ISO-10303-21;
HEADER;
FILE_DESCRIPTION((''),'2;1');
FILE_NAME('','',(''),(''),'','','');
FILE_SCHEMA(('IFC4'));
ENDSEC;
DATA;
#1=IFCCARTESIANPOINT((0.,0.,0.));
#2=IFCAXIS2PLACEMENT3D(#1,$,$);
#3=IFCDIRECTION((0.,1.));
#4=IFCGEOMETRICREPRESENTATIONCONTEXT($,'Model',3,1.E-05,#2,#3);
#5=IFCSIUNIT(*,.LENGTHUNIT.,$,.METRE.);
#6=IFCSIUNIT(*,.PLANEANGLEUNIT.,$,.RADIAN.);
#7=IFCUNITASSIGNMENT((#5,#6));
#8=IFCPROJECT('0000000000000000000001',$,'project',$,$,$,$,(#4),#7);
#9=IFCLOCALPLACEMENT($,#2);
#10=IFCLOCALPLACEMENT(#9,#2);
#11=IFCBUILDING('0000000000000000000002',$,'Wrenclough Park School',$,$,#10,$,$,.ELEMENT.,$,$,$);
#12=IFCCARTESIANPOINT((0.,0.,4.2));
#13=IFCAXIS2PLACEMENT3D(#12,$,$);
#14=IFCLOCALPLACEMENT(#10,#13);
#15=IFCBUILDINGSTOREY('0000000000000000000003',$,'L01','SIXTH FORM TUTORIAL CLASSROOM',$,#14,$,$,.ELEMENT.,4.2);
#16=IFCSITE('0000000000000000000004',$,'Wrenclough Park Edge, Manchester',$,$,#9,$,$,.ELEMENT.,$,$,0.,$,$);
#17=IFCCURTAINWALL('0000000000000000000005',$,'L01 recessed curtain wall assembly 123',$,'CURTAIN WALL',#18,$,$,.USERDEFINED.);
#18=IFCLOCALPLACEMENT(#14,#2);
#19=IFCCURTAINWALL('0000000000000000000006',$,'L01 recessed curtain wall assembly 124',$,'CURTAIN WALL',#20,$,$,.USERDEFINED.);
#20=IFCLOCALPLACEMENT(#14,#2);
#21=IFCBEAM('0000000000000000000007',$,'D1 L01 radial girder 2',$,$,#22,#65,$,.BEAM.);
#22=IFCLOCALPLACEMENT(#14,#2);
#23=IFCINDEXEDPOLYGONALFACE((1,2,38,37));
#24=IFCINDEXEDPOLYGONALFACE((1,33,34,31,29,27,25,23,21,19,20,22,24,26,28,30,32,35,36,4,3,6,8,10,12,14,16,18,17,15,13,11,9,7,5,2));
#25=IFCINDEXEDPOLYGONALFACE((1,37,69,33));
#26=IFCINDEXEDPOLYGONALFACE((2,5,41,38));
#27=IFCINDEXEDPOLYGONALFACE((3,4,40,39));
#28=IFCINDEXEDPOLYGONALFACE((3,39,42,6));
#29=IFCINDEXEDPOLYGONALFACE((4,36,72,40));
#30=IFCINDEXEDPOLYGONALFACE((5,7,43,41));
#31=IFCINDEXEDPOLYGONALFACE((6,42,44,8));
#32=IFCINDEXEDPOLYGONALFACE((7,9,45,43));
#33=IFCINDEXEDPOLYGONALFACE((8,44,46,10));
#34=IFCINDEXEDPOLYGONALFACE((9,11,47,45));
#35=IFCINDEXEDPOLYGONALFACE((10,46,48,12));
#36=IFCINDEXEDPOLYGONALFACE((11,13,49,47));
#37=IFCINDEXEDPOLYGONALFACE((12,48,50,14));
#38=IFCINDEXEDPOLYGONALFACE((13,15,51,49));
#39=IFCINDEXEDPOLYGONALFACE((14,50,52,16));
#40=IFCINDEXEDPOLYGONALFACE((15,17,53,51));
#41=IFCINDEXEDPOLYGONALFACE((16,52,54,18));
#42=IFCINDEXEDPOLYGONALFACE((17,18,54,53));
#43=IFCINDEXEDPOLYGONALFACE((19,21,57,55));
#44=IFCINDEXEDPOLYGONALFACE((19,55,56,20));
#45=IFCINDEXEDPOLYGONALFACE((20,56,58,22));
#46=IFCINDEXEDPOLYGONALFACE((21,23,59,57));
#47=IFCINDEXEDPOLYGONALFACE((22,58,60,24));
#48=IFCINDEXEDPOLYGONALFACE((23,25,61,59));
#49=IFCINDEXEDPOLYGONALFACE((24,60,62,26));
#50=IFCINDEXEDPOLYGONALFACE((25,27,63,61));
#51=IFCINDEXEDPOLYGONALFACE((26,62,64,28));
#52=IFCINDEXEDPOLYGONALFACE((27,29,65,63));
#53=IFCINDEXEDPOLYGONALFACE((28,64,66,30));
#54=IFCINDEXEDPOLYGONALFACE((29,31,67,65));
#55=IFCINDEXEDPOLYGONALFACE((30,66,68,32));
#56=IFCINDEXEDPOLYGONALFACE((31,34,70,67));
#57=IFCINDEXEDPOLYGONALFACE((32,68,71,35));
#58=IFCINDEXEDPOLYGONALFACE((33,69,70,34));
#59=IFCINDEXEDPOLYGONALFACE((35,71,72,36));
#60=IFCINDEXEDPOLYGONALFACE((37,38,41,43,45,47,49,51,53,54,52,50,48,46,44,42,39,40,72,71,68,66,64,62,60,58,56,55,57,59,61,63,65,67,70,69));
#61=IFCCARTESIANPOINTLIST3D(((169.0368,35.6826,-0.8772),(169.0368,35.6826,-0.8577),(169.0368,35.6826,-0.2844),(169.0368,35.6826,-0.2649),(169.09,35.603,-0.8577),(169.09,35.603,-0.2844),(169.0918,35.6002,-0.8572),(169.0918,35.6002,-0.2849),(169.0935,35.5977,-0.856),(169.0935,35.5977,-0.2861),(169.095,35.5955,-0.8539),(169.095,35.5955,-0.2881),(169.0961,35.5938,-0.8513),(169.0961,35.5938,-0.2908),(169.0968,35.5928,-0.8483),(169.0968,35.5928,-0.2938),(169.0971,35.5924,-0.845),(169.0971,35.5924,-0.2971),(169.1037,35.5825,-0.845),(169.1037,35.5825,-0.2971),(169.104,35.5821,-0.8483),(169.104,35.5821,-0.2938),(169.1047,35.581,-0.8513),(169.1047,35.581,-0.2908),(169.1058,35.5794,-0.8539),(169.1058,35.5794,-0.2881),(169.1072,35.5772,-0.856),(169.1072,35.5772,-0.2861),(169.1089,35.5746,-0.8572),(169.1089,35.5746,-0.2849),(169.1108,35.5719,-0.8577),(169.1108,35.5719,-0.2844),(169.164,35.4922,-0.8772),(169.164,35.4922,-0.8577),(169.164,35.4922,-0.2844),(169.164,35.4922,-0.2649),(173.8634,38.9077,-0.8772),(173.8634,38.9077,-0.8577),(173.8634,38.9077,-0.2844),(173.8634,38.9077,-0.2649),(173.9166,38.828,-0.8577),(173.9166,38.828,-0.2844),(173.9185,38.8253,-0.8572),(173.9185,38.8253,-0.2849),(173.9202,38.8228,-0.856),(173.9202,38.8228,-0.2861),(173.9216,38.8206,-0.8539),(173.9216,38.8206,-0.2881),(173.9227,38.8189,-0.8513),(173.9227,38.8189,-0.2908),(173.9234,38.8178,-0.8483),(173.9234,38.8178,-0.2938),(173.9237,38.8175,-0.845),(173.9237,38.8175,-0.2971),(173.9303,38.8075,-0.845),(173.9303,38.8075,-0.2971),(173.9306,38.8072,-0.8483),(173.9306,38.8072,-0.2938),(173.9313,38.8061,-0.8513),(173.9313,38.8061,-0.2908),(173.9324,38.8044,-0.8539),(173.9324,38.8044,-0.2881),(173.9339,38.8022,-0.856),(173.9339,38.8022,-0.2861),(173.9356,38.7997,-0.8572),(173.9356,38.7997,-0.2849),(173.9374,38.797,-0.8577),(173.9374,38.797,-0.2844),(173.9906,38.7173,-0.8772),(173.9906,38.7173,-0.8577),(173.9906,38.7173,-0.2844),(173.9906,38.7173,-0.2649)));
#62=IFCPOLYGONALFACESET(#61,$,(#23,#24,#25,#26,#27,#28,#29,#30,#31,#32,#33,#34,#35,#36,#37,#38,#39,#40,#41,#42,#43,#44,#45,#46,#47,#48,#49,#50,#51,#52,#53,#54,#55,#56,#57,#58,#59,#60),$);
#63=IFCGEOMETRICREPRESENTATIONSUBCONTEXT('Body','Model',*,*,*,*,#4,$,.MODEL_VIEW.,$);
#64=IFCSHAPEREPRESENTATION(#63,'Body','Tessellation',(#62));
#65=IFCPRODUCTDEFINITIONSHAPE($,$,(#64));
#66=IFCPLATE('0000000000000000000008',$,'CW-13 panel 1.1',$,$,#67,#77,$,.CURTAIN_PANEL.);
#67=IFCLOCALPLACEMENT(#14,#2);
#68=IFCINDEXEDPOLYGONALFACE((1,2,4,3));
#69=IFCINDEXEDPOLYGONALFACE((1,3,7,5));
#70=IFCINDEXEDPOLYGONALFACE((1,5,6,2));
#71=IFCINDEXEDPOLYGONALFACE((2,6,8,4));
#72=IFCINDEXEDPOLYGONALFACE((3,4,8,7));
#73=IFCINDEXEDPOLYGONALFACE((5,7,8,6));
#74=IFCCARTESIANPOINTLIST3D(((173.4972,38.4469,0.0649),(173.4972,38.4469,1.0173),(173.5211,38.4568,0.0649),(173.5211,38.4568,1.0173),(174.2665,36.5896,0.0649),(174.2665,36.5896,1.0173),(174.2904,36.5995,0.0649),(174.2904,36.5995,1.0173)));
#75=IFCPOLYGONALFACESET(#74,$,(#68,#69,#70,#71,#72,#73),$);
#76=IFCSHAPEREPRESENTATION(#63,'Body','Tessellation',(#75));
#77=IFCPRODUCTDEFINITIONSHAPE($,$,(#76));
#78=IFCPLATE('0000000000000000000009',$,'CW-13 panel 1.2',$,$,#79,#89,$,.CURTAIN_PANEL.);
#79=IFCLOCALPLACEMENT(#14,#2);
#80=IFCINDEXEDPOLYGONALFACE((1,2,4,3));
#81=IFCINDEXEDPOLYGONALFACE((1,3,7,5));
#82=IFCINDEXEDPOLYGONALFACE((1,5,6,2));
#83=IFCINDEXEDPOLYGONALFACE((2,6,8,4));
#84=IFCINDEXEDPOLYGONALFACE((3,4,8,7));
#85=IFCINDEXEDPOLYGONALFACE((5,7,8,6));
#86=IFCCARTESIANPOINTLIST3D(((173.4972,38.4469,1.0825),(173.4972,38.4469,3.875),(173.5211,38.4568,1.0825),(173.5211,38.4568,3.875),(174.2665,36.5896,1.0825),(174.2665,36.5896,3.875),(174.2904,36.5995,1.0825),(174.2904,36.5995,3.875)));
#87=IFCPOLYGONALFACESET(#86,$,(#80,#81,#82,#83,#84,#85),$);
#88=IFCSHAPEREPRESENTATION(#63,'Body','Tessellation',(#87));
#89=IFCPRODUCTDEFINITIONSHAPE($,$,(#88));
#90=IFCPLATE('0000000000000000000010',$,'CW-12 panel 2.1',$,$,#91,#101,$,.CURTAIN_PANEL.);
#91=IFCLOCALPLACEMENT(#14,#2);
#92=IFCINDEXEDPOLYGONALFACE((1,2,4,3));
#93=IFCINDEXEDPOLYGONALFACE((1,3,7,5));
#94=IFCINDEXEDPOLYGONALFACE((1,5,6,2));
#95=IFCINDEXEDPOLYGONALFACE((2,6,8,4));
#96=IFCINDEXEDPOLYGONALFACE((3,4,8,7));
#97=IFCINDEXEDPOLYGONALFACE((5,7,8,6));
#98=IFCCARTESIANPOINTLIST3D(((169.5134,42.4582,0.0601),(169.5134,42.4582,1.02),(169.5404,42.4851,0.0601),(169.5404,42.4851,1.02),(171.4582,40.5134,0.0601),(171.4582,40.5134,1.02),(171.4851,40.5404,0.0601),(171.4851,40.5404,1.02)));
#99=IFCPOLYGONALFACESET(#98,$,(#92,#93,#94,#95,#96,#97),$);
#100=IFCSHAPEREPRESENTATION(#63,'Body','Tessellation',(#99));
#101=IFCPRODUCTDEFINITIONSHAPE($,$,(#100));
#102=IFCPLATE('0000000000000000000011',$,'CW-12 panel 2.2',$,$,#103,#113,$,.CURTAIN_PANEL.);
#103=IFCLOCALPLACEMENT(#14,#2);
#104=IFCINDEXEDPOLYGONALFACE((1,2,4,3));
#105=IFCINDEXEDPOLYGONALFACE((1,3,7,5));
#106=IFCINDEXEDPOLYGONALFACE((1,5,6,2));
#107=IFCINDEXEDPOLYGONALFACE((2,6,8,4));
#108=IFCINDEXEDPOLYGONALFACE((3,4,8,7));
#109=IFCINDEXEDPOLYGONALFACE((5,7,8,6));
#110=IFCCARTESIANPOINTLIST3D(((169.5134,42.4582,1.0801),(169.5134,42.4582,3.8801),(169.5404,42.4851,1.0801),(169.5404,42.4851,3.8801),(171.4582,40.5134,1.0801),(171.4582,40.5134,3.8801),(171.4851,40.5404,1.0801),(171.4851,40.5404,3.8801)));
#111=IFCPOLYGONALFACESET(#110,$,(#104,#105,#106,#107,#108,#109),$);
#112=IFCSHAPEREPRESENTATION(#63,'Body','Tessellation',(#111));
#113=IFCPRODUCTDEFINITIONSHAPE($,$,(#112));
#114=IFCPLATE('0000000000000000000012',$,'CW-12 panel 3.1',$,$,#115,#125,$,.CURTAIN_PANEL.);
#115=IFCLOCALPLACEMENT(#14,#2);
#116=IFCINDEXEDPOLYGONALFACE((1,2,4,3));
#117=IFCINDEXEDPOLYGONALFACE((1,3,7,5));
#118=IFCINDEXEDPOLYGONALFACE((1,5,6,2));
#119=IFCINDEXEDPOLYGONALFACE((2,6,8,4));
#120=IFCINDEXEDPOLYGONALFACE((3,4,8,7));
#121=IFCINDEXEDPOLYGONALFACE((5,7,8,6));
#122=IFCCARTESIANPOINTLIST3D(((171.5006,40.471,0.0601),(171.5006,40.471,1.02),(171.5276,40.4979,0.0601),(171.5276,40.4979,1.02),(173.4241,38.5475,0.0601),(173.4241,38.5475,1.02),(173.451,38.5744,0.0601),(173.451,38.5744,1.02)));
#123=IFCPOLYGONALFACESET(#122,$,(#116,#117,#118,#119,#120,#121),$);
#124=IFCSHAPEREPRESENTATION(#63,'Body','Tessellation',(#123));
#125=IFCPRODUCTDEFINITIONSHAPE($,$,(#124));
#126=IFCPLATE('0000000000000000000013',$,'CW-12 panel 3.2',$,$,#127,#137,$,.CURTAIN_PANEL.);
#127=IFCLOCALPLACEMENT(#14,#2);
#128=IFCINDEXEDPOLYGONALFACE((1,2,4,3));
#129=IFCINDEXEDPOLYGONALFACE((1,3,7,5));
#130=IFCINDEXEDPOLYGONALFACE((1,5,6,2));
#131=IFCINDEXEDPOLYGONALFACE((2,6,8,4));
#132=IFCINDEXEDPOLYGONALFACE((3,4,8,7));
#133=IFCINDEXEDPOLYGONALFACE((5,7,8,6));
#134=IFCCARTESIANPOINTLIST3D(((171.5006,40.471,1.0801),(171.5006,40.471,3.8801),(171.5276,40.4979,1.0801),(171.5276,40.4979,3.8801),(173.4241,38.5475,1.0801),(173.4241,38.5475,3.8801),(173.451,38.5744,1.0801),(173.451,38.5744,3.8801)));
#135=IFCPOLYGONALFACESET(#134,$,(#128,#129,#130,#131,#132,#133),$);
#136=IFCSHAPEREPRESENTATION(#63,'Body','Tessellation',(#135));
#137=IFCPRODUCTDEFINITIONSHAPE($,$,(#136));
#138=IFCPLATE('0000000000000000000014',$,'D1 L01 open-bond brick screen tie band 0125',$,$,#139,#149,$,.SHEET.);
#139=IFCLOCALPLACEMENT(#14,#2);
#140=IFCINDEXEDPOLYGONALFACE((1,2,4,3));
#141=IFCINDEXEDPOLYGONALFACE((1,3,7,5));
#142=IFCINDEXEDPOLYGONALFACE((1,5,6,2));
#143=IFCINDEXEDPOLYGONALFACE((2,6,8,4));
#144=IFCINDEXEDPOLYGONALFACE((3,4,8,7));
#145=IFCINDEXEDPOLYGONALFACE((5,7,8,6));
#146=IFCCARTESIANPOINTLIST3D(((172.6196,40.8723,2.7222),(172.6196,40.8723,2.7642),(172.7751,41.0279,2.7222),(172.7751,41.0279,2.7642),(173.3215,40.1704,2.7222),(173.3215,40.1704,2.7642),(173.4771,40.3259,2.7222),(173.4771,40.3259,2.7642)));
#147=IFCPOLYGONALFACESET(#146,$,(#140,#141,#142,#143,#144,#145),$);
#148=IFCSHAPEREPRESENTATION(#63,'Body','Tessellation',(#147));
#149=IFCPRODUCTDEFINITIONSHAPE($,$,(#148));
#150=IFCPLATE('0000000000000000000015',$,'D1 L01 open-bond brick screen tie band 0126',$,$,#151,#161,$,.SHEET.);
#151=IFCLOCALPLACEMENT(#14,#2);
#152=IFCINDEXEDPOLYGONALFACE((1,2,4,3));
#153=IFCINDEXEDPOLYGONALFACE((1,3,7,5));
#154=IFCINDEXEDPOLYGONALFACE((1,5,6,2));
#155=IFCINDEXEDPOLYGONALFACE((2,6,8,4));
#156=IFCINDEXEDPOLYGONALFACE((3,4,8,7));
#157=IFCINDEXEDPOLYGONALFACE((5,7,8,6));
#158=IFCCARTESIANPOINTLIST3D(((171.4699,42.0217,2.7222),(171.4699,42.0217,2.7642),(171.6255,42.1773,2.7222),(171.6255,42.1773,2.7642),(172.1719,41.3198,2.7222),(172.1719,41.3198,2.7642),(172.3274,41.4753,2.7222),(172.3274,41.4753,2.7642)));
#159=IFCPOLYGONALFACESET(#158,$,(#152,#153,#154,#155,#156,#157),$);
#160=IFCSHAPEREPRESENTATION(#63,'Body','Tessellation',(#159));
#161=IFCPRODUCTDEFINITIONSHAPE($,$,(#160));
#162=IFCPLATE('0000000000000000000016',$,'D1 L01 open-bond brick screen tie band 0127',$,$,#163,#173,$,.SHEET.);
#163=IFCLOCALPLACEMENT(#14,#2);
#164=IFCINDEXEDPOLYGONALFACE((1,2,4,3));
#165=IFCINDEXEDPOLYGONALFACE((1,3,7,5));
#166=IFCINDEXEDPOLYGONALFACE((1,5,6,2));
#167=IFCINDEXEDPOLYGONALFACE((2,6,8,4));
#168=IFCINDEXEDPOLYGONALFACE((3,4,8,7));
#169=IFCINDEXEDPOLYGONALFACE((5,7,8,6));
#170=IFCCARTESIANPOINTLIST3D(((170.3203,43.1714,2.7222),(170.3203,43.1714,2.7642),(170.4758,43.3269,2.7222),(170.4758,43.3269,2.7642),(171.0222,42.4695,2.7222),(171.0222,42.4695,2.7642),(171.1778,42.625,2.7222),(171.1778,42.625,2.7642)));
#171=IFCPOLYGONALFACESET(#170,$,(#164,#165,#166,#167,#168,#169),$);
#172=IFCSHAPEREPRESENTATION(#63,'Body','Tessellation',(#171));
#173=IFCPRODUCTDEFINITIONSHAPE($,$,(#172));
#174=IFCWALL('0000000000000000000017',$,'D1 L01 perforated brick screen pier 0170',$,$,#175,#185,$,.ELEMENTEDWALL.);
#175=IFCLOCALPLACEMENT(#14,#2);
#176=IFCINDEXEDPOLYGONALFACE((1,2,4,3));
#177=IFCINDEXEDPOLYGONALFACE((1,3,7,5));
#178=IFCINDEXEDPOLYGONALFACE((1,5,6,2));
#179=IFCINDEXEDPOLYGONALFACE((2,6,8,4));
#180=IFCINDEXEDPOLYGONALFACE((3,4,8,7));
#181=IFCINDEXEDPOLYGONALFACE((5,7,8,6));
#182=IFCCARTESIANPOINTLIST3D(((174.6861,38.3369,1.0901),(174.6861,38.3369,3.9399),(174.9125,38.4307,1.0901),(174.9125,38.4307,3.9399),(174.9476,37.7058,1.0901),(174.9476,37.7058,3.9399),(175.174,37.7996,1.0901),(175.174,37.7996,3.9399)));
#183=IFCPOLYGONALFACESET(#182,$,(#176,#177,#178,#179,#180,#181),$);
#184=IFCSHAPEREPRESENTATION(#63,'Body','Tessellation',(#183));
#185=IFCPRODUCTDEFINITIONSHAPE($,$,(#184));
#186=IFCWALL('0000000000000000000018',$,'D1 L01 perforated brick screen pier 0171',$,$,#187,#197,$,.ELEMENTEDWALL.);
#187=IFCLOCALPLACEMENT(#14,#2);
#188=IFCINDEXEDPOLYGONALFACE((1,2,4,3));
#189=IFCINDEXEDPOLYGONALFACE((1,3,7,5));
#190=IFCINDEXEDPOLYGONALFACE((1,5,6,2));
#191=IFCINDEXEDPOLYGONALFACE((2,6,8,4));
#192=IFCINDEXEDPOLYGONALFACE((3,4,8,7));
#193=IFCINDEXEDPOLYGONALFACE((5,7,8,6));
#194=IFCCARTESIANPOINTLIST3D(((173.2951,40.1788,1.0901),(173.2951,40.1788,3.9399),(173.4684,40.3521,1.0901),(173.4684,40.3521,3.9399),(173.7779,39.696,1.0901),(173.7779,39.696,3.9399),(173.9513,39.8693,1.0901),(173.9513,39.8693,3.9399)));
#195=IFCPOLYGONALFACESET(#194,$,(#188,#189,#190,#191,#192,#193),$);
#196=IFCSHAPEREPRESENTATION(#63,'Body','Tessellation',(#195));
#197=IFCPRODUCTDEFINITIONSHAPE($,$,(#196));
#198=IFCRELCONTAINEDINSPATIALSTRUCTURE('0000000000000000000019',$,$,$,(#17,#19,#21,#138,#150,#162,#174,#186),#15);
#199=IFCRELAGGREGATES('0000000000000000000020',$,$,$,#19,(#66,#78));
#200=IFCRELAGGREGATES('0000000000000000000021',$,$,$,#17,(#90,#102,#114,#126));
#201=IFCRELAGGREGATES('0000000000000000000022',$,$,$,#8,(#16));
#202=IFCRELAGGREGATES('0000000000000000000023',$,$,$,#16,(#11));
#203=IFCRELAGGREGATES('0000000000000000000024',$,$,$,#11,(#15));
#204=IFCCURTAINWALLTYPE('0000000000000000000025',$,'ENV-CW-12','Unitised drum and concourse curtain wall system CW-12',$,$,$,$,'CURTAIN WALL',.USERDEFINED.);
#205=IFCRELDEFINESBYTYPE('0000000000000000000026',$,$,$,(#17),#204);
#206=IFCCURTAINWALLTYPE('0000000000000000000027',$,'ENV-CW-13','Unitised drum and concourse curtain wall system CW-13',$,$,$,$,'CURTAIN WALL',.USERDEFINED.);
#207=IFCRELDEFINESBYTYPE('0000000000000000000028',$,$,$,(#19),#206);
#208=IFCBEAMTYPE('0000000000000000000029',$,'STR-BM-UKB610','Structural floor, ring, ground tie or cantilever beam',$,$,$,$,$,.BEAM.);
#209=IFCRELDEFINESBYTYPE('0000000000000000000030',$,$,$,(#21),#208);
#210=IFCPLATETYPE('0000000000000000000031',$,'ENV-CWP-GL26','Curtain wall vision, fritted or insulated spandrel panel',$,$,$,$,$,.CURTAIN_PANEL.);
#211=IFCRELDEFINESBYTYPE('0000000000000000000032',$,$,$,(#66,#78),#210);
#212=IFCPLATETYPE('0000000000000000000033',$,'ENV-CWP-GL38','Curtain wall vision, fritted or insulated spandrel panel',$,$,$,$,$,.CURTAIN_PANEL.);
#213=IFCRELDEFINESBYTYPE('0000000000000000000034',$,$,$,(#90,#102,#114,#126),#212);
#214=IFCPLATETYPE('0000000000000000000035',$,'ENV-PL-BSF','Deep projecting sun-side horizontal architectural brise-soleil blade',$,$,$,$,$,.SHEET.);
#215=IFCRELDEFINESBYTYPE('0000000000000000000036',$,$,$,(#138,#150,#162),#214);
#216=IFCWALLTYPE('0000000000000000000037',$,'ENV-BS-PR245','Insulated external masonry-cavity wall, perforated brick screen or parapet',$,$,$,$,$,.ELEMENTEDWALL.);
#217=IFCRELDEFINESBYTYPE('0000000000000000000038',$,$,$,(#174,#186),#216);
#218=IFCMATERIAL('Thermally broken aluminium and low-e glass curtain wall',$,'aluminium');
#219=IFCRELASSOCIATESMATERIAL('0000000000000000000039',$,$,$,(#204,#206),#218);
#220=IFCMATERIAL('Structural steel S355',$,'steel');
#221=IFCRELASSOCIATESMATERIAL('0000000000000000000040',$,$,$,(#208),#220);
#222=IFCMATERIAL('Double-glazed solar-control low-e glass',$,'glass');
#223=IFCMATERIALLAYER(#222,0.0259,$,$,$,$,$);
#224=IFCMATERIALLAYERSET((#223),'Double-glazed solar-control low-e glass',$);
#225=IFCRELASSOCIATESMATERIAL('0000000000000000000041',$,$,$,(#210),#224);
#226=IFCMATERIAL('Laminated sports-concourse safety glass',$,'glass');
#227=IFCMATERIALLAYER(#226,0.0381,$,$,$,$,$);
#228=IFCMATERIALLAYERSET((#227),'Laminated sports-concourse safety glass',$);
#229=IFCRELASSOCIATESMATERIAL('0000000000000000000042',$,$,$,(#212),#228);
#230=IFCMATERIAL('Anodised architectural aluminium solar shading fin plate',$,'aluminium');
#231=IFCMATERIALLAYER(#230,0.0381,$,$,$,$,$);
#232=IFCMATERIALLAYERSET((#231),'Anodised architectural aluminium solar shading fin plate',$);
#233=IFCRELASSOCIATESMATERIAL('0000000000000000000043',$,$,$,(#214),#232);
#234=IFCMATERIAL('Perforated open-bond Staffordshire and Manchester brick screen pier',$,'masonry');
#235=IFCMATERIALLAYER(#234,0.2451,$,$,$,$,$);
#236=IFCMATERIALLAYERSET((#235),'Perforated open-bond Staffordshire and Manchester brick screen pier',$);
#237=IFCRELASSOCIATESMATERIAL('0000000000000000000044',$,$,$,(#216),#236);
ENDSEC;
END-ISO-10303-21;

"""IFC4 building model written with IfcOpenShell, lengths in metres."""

from ifc_helpers import new_model, si_unit, direction, frame, frame_2d, origin, origin_2d, place, context, subcontext, project, spatial, rectangle, i_section, extrude, material, layer, layer_set, material_profile, profile_set, type_object, element, aggregate, save


model = new_model("IFC4")

# Units and contexts
model_context = context("Model", 3, precision=1e-05, world=origin(), true_north=direction((0.0, 1.0)))
body_context = subcontext(model_context, "Body", "Model", "MODEL_VIEW")
ifc_project = project(units=[si_unit("LENGTHUNIT", "METRE"), si_unit("PLANEANGLEUNIT", "RADIAN")], contexts=[model_context])

# Site, building, storey
site_placement = place(None, origin())
site = spatial("IfcSite", under=ifc_project, at=site_placement, Name="Wrenclough Park Edge, Manchester", CompositionType="ELEMENT", RefElevation=0.0)
building_placement = place(site_placement, origin())
building = spatial("IfcBuilding", under=site, at=building_placement, Name="Wrenclough Park School", CompositionType="ELEMENT")
storey_placement = place(building_placement, frame((0.0, 0.0, 4.2)))
storey = spatial("IfcBuildingStorey", under=building, at=storey_placement, Name="L01", Description="SIXTH FORM TUTORIAL CLASSROOM", CompositionType="ELEMENT", Elevation=4.2)

# Curtain wall
ifc_material_1 = material(Name="Thermally broken aluminium and low-e glass curtain wall", Category="aluminium")
curtain_wall_type_1 = type_object("IfcCurtainWallType", Name="ENV-CW-12", Description="Unitised drum and concourse curtain wall system CW-12", ElementType="CURTAIN WALL", PredefinedType="USERDEFINED", material=ifc_material_1)
curtain_wall_1_placement = place(storey_placement, origin())
curtain_wall_1 = element("IfcCurtainWall", 1, at=curtain_wall_1_placement, inside=storey, type_object=curtain_wall_type_1, Name="L01 recessed curtain wall assembly 123", ObjectType="CURTAIN WALL", PredefinedType="USERDEFINED")

# Curtain wall
curtain_wall_type_2 = type_object("IfcCurtainWallType", Name="ENV-CW-13", Description="Unitised drum and concourse curtain wall system CW-13", ElementType="CURTAIN WALL", PredefinedType="USERDEFINED", material=ifc_material_1)
curtain_wall_2_placement = place(storey_placement, origin())
curtain_wall_2 = element("IfcCurtainWall", 2, at=curtain_wall_2_placement, inside=storey, type_object=curtain_wall_type_2, Name="L01 recessed curtain wall assembly 124", ObjectType="CURTAIN WALL", PredefinedType="USERDEFINED")

# Beam
ifc_material_2 = material(Name="Structural steel S355", Category="steel")
ifc_material_profile_1 = material_profile(ifc_material_2, i_section(OverallWidth=0.229, OverallDepth=0.6123, WebThickness=0.012, FlangeThickness=0.0195, FilletRadius=0.0127, at=origin_2d()), Name="UKB 610x229x125")
ifc_profile_set_1 = profile_set([ifc_material_profile_1], Name="Structural steel S355")
beam_type_1 = type_object("IfcBeamType", Name="STR-BM-UKB610", Description="Structural floor, ring, ground tie or cantilever beam", PredefinedType="BEAM", material=ifc_profile_set_1)
beam_1_placement = place(storey_placement, frame((173.927, 38.8125, -0.571), z_axis=(-0.831468, -0.555573, 0.0), x_axis=(0.555573, -0.831468, 0.0)))
element("IfcBeam", 3, at=beam_1_placement, inside=storey, type_object=beam_type_1, Name="D1 L01 radial girder 2", PredefinedType="BEAM", context=body_context, shape_type="SweptSolid", body=[
    extrude(i_section(OverallWidth=0.229, OverallDepth=0.6123, WebThickness=0.012, FlangeThickness=0.0195, FilletRadius=0.0127, at=origin_2d()), origin(), (0.0, 0.0, 1.0), 5.8049),
])

# Plates
ifc_material_3 = material(Name="Double-glazed solar-control low-e glass", Category="glass")
ifc_layer_1 = layer(ifc_material_3, 0.0259)
ifc_layer_set_1 = layer_set([ifc_layer_1], Name="Double-glazed solar-control low-e glass")
plate_type_1 = type_object("IfcPlateType", Name="ENV-CWP-GL26", Description="Curtain wall vision, fritted or insulated spandrel panel", PredefinedType="CURTAIN_PANEL", material=ifc_layer_set_1)
plate_1_placement = place(storey_placement, frame((173.8938, 37.5232, 0.0649), z_axis=(0.0, 0.0, 1.0), x_axis=(0.382687, -0.923878, 0.0)))
plate_1 = element("IfcPlate", 4, at=plate_1_placement, type_object=plate_type_1, Name="CW-13 panel 1.1", PredefinedType="CURTAIN_PANEL", context=body_context, shape_type="SweptSolid", body=[
    extrude(rectangle(XDim=2.0103, YDim=0.0259, at=origin_2d()), origin(), (0.0, 0.0, 1.0), 0.9524),
])
plate_2_placement = place(storey_placement, frame((173.8938, 37.5232, 1.0825), z_axis=(0.0, 0.0, 1.0), x_axis=(0.382687, -0.923878, 0.0)))
plate_2 = element("IfcPlate", 5, at=plate_2_placement, type_object=plate_type_1, Name="CW-13 panel 1.2", PredefinedType="CURTAIN_PANEL", context=body_context, shape_type="SweptSolid", body=[
    extrude(rectangle(XDim=2.0103, YDim=0.0259, at=origin_2d()), origin(), (0.0, 0.0, 1.0), 2.7925),
])
aggregate(curtain_wall_2, [plate_1, plate_2])
ifc_material_4 = material(Name="Laminated sports-concourse safety glass", Category="glass")
ifc_layer_2 = layer(ifc_material_4, 0.0381)
ifc_layer_set_2 = layer_set([ifc_layer_2], Name="Laminated sports-concourse safety glass")
plate_type_2 = type_object("IfcPlateType", Name="ENV-CWP-GL38", Description="Curtain wall vision, fritted or insulated spandrel panel", PredefinedType="CURTAIN_PANEL", material=ifc_layer_set_2)
plate_3_placement = place(storey_placement, frame((170.4993, 41.4993, 0.0601), z_axis=(0.0, 0.0, 1.0), x_axis=(0.707107, -0.707107, 0.0)))
plate_3 = element("IfcPlate", 6, at=plate_3_placement, type_object=plate_type_2, Name="CW-12 panel 2.1", PredefinedType="CURTAIN_PANEL", context=body_context, shape_type="SweptSolid", body=[
    extrude(rectangle(XDim=2.7502, YDim=0.0381, at=origin_2d()), origin(), (0.0, 0.0, 1.0), 0.96),
])
plate_4_placement = place(storey_placement, frame((170.4993, 41.4993, 1.0801), z_axis=(0.0, 0.0, 1.0), x_axis=(0.707107, -0.707107, 0.0)))
plate_4 = element("IfcPlate", 7, at=plate_4_placement, type_object=plate_type_2, Name="CW-12 panel 2.2", PredefinedType="CURTAIN_PANEL", context=body_context, shape_type="SweptSolid", body=[
    extrude(rectangle(XDim=2.7502, YDim=0.0381, at=origin_2d()), origin(), (0.0, 0.0, 1.0), 2.8),
])
plate_5_placement = place(storey_placement, frame((172.4758, 39.5227, 0.0601), z_axis=(0.0, 0.0, 1.0), x_axis=(0.707107, -0.707107, 0.0)))
plate_5 = element("IfcPlate", 8, at=plate_5_placement, type_object=plate_type_2, Name="CW-12 panel 3.1", PredefinedType="CURTAIN_PANEL", context=body_context, shape_type="SweptSolid", body=[
    extrude(rectangle(XDim=2.7202, YDim=0.0381, at=origin_2d()), origin(), (0.0, 0.0, 1.0), 0.96),
])
plate_6_placement = place(storey_placement, frame((172.4758, 39.5227, 1.0801), z_axis=(0.0, 0.0, 1.0), x_axis=(0.707107, -0.707107, 0.0)))
plate_6 = element("IfcPlate", 9, at=plate_6_placement, type_object=plate_type_2, Name="CW-12 panel 3.2", PredefinedType="CURTAIN_PANEL", context=body_context, shape_type="SweptSolid", body=[
    extrude(rectangle(XDim=2.7202, YDim=0.0381, at=origin_2d()), origin(), (0.0, 0.0, 1.0), 2.8),
])
aggregate(curtain_wall_1, [plate_3, plate_4, plate_5, plate_6])

# Plates
ifc_material_5 = material(Name="Anodised architectural aluminium solar shading fin plate", Category="aluminium")
ifc_layer_3 = layer(ifc_material_5, 0.0381)
ifc_layer_set_3 = layer_set([ifc_layer_3], Name="Anodised architectural aluminium solar shading fin plate")
plate_type_3 = type_object("IfcPlateType", Name="ENV-PL-BSF", Description="Deep projecting sun-side horizontal architectural brise-soleil blade", PredefinedType="SHEET", material=ifc_layer_set_3)
for number, where, z_axis, x_axis, name in (
    (10, (173.0483, 40.5991, 2.7222), (0.0, 0.0, 1.0), (-0.707107, 0.707107, 0.0), "D1 L01 open-bond brick screen tie band 0125"),
    (11, (171.8987, 41.7485, 2.7222), (0.0, 0.0, 1.0), (-0.707107, 0.707107, 0.0), "D1 L01 open-bond brick screen tie band 0126"),
    (12, (170.749, 42.8982, 2.7222), (0.0, 0.0, 1.0), (-0.707107, 0.707107, 0.0), "D1 L01 open-bond brick screen tie band 0127"),
):
    element("IfcPlate", number, at=place(storey_placement, frame(where, z_axis=z_axis, x_axis=x_axis)), inside=storey, type_object=plate_type_3, Name=name, PredefinedType="SHEET", context=body_context, shape_type="SweptSolid", body=[
        extrude(rectangle(XDim=0.9927, YDim=0.22, at=origin_2d()), origin(), (0.0, 0.0, 1.0), 0.042),
    ])

# Walls
ifc_material_6 = material(Name="Perforated open-bond Staffordshire and Manchester brick screen pier", Category="masonry")
ifc_layer_4 = layer(ifc_material_6, 0.2451)
ifc_layer_set_4 = layer_set([ifc_layer_4], Name="Perforated open-bond Staffordshire and Manchester brick screen pier")
wall_type_1 = type_object("IfcWallType", Name="ENV-BS-PR245", Description="Insulated external masonry-cavity wall, perforated brick screen or parapet", PredefinedType="ELEMENTEDWALL", material=ifc_layer_set_4)
wall_1_placement = place(storey_placement, frame((175.0608, 37.7527, 1.0901), z_axis=(0.0, 0.0, 1.0), x_axis=(-0.382762, 0.923847, 0.0)))
element("IfcWall", 13, at=wall_1_placement, inside=storey, type_object=wall_type_1, Name="D1 L01 perforated brick screen pier 0170", PredefinedType="ELEMENTEDWALL", context=body_context, shape_type="SweptSolid", body=[
    extrude(rectangle(XDim=0.6831, YDim=0.2451, at=frame_2d((0.3416, 0.0))), origin(), (0.0, 0.0, 1.0), 2.8499),
])
wall_2_placement = place(storey_placement, frame((173.8645, 39.7827, 1.0901), z_axis=(0.0, 0.0, 1.0), x_axis=(-0.707107, 0.707107, 0.0)))
element("IfcWall", 14, at=wall_2_placement, inside=storey, type_object=wall_type_1, Name="D1 L01 perforated brick screen pier 0171", PredefinedType="ELEMENTEDWALL", context=body_context, shape_type="SweptSolid", body=[
    extrude(rectangle(XDim=0.6829, YDim=0.2451, at=frame_2d((0.3413, 0.0))), origin(), (0.0, 0.0, 1.0), 2.8499),
])

save(model, "model.ifc")
